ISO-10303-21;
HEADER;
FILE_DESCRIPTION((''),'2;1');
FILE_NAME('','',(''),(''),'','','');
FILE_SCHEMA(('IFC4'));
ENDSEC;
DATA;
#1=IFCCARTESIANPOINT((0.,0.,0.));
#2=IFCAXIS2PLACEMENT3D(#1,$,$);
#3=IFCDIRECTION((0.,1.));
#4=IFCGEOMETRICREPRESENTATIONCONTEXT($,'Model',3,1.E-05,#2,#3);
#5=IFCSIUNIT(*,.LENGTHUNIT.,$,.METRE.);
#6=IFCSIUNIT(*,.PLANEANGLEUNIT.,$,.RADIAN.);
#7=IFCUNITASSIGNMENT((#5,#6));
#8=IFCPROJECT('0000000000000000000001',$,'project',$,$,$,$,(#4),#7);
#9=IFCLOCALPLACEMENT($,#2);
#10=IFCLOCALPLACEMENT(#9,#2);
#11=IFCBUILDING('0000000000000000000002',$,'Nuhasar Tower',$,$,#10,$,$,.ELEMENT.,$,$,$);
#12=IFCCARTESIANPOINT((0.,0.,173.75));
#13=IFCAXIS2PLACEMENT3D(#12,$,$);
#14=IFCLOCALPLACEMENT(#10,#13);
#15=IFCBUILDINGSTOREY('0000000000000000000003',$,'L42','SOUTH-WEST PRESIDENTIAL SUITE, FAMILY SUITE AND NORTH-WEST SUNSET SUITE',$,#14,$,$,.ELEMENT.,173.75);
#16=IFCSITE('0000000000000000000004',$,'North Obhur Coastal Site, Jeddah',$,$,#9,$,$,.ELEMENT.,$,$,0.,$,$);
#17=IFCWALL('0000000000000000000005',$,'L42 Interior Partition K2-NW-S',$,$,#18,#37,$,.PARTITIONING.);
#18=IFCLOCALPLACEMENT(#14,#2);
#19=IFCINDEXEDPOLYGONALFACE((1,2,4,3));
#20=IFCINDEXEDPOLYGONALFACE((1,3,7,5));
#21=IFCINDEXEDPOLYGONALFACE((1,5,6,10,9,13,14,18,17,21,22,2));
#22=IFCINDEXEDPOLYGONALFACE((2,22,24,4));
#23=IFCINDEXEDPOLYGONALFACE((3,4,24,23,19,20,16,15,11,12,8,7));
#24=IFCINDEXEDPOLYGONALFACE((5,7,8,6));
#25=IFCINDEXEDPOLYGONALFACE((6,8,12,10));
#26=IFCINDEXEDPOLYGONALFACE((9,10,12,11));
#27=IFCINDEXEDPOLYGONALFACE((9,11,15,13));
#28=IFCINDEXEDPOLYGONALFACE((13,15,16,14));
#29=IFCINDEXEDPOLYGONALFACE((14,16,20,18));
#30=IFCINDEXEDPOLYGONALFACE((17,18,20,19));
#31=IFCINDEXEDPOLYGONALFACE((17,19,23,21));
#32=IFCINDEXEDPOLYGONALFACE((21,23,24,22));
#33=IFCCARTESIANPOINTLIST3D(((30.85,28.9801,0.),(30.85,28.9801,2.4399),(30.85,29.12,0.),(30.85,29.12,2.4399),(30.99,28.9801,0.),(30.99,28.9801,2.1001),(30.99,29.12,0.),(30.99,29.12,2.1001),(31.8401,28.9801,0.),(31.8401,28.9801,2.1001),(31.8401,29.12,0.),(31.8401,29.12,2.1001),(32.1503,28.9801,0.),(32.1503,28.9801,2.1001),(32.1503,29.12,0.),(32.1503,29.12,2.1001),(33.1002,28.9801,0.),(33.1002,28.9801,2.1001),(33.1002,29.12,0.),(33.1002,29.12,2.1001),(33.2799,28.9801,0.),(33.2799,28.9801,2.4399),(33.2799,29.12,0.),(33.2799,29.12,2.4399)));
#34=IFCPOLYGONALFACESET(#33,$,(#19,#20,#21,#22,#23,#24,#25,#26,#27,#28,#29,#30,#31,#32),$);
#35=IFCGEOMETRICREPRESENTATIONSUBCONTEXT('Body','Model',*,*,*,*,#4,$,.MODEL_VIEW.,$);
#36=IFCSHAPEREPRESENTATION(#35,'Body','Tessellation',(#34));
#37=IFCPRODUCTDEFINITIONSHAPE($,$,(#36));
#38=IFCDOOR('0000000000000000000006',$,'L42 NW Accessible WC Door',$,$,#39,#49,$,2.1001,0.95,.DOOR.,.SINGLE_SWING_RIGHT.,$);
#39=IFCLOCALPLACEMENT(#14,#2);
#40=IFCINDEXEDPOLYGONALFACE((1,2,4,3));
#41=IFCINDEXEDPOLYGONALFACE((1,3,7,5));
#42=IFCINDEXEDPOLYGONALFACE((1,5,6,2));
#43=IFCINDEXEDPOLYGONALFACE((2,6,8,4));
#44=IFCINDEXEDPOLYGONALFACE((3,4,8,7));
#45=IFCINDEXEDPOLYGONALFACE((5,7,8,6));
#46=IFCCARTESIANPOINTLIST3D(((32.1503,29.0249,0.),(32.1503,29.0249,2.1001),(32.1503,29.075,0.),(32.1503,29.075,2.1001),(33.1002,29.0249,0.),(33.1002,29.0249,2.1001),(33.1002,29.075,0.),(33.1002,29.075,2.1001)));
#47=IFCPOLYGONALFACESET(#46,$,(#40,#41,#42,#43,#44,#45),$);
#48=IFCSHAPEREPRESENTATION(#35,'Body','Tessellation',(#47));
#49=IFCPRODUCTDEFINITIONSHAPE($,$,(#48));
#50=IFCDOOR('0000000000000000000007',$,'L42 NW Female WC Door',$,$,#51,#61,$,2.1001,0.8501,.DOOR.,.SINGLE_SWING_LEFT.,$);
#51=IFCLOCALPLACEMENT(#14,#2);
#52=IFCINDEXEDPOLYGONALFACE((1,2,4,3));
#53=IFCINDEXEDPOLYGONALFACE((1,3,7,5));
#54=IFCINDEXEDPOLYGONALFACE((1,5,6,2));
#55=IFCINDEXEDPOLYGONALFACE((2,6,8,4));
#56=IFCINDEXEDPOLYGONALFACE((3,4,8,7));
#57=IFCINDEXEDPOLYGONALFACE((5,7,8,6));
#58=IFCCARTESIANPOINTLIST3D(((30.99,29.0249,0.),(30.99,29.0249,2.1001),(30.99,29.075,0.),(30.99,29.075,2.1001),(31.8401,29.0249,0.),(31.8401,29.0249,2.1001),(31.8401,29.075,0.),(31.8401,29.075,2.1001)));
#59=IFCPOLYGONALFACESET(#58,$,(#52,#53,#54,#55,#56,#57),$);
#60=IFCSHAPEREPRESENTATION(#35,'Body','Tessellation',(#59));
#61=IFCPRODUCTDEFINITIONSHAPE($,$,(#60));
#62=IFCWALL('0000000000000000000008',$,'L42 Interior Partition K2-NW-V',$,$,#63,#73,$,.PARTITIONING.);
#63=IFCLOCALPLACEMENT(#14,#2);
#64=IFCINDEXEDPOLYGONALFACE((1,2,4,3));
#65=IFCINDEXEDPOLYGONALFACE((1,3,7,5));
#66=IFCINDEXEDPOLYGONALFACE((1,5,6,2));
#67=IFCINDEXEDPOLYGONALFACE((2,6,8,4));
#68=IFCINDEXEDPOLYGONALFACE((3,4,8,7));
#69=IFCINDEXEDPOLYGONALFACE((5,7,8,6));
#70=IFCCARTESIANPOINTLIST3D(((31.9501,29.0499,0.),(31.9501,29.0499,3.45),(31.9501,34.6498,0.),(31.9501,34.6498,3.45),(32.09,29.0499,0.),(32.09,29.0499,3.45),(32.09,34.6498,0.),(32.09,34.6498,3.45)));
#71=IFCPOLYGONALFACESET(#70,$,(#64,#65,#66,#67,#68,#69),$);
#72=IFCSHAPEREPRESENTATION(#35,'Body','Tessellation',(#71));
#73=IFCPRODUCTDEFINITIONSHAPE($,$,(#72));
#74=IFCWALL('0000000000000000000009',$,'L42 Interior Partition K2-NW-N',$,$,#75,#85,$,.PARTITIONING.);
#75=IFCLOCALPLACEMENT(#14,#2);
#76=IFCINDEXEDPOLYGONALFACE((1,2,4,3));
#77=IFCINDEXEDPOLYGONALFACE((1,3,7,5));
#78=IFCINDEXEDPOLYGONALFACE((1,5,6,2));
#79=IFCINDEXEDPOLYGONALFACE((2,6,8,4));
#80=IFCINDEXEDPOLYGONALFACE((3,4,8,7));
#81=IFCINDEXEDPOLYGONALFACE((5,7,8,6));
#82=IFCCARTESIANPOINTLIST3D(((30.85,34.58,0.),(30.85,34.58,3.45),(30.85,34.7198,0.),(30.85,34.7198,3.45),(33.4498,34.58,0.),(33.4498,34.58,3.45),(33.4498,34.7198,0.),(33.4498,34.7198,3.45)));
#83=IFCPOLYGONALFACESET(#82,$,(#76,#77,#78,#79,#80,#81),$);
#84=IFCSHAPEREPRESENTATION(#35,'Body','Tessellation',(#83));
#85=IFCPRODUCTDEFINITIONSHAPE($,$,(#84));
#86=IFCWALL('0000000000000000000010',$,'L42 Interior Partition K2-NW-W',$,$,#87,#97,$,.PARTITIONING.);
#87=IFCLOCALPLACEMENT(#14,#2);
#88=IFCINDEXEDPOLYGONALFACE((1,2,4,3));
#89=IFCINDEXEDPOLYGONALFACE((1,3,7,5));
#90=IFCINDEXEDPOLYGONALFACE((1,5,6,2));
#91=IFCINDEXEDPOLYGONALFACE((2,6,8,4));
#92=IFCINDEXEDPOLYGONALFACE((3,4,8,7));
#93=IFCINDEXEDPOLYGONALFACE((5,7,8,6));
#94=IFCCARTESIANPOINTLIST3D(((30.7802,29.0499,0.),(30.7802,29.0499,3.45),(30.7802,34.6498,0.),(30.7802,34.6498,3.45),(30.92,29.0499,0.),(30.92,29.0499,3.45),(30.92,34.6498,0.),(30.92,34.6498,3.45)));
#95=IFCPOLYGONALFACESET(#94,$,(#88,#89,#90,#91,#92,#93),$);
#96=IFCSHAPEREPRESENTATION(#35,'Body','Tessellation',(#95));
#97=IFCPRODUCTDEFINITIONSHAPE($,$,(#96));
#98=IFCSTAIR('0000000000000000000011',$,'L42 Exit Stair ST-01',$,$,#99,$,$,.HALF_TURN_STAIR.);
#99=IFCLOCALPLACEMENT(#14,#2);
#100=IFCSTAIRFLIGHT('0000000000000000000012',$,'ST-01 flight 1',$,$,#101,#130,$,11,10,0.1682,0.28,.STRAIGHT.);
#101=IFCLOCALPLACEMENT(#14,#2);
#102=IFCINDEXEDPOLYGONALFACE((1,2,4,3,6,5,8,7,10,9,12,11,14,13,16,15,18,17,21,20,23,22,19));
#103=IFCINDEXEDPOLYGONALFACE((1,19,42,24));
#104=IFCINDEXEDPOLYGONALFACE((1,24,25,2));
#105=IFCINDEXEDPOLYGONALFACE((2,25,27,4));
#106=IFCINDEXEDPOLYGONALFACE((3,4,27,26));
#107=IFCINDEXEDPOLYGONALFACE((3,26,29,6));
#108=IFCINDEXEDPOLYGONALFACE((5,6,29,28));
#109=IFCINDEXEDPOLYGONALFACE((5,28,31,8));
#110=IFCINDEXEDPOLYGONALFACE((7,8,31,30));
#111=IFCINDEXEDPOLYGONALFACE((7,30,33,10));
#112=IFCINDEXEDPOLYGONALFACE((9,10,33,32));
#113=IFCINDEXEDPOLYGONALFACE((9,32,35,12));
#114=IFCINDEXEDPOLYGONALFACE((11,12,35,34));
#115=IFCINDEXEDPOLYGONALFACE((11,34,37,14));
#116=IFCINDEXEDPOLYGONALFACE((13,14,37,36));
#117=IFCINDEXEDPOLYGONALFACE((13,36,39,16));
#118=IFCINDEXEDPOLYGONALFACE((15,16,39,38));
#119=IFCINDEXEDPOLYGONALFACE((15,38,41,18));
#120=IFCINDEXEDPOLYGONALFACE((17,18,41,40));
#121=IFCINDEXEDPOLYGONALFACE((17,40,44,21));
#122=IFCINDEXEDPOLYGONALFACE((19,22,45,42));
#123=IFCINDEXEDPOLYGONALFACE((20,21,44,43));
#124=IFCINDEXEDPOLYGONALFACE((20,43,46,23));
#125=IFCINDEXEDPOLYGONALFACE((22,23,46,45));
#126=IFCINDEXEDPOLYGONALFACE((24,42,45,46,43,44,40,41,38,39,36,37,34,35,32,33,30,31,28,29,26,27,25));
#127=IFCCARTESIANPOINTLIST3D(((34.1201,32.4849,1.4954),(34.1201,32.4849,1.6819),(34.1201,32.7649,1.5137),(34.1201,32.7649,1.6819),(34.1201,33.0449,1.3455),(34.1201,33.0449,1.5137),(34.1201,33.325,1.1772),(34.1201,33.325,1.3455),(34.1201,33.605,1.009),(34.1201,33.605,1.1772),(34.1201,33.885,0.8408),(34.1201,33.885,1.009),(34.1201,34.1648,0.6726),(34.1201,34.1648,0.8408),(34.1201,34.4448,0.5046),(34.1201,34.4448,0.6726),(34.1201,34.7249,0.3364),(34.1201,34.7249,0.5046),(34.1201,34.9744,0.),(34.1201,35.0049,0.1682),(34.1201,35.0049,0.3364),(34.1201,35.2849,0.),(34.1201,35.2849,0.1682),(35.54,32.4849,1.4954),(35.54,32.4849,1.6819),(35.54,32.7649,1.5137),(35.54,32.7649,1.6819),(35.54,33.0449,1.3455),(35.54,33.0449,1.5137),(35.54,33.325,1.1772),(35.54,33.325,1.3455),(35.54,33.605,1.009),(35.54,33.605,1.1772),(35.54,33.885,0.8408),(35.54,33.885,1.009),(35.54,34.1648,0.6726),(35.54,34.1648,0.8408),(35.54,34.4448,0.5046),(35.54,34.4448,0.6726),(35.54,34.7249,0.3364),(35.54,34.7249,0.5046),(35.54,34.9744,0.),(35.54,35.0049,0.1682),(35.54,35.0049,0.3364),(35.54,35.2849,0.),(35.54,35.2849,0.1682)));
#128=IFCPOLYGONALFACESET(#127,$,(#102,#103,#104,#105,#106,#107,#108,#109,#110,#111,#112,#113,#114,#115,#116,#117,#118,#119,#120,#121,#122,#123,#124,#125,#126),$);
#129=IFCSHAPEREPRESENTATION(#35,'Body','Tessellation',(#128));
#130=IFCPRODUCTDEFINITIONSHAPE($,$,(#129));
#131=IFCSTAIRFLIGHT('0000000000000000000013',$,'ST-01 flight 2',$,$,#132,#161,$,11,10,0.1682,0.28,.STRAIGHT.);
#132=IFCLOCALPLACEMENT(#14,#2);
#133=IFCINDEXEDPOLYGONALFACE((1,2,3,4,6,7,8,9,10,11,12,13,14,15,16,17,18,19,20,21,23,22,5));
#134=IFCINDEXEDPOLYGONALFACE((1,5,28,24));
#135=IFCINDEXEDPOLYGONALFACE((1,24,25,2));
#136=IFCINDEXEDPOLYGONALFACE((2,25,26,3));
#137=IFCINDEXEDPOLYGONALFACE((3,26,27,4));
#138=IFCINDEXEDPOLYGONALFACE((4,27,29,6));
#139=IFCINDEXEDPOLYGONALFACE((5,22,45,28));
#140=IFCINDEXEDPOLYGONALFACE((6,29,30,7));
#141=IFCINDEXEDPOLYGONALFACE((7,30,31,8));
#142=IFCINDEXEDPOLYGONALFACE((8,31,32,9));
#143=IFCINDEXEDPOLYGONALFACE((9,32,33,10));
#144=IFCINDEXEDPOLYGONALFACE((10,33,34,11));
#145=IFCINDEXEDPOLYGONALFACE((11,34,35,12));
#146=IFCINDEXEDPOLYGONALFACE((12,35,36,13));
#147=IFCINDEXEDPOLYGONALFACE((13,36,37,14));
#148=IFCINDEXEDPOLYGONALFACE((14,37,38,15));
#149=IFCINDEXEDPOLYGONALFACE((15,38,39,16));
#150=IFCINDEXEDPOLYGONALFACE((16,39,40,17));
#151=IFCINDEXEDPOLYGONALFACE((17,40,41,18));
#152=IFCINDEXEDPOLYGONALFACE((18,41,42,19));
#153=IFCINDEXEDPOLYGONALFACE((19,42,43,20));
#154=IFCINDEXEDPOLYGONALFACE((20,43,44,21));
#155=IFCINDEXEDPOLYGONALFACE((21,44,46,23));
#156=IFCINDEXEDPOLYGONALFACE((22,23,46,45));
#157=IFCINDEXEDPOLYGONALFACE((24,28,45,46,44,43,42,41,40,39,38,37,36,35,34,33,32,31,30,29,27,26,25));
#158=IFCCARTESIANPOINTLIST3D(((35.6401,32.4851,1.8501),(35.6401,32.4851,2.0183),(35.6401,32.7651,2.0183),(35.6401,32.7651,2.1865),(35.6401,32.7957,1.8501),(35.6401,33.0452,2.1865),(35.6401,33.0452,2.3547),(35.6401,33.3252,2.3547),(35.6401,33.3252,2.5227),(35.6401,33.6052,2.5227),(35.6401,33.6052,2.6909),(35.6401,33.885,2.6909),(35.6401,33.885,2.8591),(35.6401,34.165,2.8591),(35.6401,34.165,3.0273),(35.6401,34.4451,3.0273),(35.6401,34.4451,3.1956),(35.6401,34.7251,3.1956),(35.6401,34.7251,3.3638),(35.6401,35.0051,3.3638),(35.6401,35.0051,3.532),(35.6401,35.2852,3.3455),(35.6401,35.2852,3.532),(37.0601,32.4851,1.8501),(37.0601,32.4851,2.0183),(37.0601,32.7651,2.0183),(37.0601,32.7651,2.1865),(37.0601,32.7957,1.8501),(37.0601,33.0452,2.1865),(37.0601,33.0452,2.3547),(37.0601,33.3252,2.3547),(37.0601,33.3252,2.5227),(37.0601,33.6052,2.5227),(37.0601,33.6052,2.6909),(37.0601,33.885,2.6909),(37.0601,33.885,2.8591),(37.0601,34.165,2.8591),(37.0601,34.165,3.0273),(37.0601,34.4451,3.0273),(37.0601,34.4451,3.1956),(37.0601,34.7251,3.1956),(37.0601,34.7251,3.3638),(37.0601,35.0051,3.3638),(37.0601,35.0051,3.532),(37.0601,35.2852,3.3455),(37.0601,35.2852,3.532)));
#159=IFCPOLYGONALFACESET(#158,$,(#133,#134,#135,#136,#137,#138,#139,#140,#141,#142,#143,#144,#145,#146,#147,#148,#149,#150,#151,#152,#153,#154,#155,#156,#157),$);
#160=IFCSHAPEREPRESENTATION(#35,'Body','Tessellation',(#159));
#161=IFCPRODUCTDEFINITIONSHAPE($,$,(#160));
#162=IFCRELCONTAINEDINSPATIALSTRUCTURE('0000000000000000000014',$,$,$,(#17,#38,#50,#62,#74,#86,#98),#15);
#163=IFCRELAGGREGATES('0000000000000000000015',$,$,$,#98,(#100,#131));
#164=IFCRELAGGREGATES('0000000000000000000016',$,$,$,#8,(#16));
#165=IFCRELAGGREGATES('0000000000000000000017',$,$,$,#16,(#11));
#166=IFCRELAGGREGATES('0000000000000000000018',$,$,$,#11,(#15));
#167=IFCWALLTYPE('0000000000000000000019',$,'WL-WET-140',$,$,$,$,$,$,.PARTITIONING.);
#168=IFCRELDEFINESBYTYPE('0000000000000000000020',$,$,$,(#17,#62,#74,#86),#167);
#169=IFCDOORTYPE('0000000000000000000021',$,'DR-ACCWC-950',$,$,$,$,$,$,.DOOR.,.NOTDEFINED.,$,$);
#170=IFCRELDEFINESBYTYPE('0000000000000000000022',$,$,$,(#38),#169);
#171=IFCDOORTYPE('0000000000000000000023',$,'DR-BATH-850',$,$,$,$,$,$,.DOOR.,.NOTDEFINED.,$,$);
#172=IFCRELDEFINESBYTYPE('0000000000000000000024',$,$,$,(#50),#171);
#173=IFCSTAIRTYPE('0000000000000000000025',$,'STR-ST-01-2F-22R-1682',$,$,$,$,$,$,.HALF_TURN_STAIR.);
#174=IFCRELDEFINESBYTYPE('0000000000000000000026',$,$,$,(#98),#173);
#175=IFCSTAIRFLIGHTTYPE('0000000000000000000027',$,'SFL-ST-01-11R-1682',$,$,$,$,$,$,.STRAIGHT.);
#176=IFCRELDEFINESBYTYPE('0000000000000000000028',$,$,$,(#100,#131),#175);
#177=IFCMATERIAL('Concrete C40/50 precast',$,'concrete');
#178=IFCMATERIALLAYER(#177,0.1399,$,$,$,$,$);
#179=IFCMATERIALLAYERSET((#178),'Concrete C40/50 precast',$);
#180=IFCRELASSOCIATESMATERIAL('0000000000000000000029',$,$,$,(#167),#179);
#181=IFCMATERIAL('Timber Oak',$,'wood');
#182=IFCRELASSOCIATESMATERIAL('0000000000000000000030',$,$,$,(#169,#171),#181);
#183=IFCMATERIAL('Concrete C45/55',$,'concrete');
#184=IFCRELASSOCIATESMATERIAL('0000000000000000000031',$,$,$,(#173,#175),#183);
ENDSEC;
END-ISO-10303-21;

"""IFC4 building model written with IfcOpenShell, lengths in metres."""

from ifc_helpers import new_model, si_unit, direction, frame, frame_2d, origin, place, context, subcontext, project, spatial, polyline, rectangle, outline, extrude, material, layer, layer_set, type_object, element, fill, aggregate, save


model = new_model("IFC4")

# Units and contexts
model_context = context("Model", 3, precision=1e-05, world=origin(), true_north=direction((0.0, 1.0)))
body_context = subcontext(model_context, "Body", "Model", "MODEL_VIEW")
ifc_project = project(units=[si_unit("LENGTHUNIT", "METRE"), si_unit("PLANEANGLEUNIT", "RADIAN")], contexts=[model_context])

# Site, building, storey
site_placement = place(None, origin())
site = spatial("IfcSite", under=ifc_project, at=site_placement, Name="North Obhur Coastal Site, Jeddah", CompositionType="ELEMENT", RefElevation=0.0)
building_placement = place(site_placement, origin())
building = spatial("IfcBuilding", under=site, at=building_placement, Name="Nuhasar Tower", CompositionType="ELEMENT")
storey_placement = place(building_placement, frame((0.0, 0.0, 173.75)))
storey = spatial("IfcBuildingStorey", under=building, at=storey_placement, Name="L42", Description="SOUTH-WEST PRESIDENTIAL SUITE, FAMILY SUITE AND NORTH-WEST SUNSET SUITE", CompositionType="ELEMENT", Elevation=173.75)

# Shared definitions
ifc_material_1 = material(Name="Concrete C40/50 precast", Category="concrete")
ifc_layer_1 = layer(ifc_material_1, 0.1399)
ifc_layer_set_1 = layer_set([ifc_layer_1], Name="Concrete C40/50 precast")
wall_type_1 = type_object("IfcWallType", Name="WL-WET-140", PredefinedType="PARTITIONING", material=ifc_layer_set_1)

# Wall, openings, doors
wall_1_placement = place(storey_placement, frame((30.8501, 29.05, 0.0), z_axis=(0.0, 0.0, 1.0), x_axis=(1.0, 0.0, 0.0)))
wall_1 = element("IfcWall", 1, at=wall_1_placement, inside=storey, type_object=wall_type_1, Name="L42 Interior Partition K2-NW-S", PredefinedType="PARTITIONING", context=body_context, shape_type="SweptSolid", body=[
    extrude(rectangle(XDim=2.4299, YDim=0.1399, at=frame_2d((1.2148, 0.0))), origin(), (0.0, 0.0, 1.0), 2.4399),
])
opening_1_placement = place(wall_1_placement, frame((0.1399, 0.0, 0.0)))
opening_1 = element("IfcOpeningElement", 2, at=opening_1_placement, cuts=wall_1, PredefinedType="OPENING", context=body_context, shape_type="SweptSolid", body=[
    extrude(rectangle(XDim=0.8501, YDim=2.1001, at=frame_2d((0.425, 1.05))), frame((0.0, 0.0801, 0.0), z_axis=(0.0, -1.0, 0.0), x_axis=(1.0, 0.0, 0.0)), (0.0, 0.0, 1.0), 0.1599),
])
opening_2_placement = place(wall_1_placement, frame((1.3, 0.0, 0.0)))
opening_2 = element("IfcOpeningElement", 3, at=opening_2_placement, cuts=wall_1, PredefinedType="OPENING", context=body_context, shape_type="SweptSolid", body=[
    extrude(rectangle(XDim=0.95, YDim=2.1001, at=frame_2d((0.4751, 1.05))), frame((0.0, 0.0801, 0.0), z_axis=(0.0, -1.0, 0.0), x_axis=(1.0, 0.0, 0.0)), (0.0, 0.0, 1.0), 0.1599),
])
ifc_material_2 = material(Name="Timber Oak", Category="wood")
door_type_1 = type_object("IfcDoorType", Name="DR-ACCWC-950", OperationType="NOTDEFINED", PredefinedType="DOOR", material=ifc_material_2)
door_1_placement = place(opening_2_placement, origin())
door_1 = element("IfcDoor", 4, at=door_1_placement, inside=storey, type_object=door_type_1, Name="L42 NW Accessible WC Door", OperationType="SINGLE_SWING_RIGHT", OverallHeight=2.1001, OverallWidth=0.95, PredefinedType="DOOR", context=body_context, shape_type="SweptSolid", body=[
    extrude(rectangle(XDim=0.95, YDim=2.1001, at=frame_2d((0.4751, 1.05))), frame((0.0, 0.0249, 0.0), z_axis=(0.0, -1.0, 0.0), x_axis=(1.0, 0.0, 0.0)), (0.0, 0.0, 1.0), 0.05),
])
fill(opening_2, door_1)
door_type_2 = type_object("IfcDoorType", Name="DR-BATH-850", OperationType="NOTDEFINED", PredefinedType="DOOR", material=ifc_material_2)
door_2_placement = place(opening_1_placement, origin())
door_2 = element("IfcDoor", 5, at=door_2_placement, inside=storey, type_object=door_type_2, Name="L42 NW Female WC Door", OperationType="SINGLE_SWING_LEFT", OverallHeight=2.1001, OverallWidth=0.8501, PredefinedType="DOOR", context=body_context, shape_type="SweptSolid", body=[
    extrude(rectangle(XDim=0.8501, YDim=2.1001, at=frame_2d((0.425, 1.05))), frame((0.0, 0.0249, 0.0), z_axis=(0.0, -1.0, 0.0), x_axis=(1.0, 0.0, 0.0)), (0.0, 0.0, 1.0), 0.05),
])
fill(opening_1, door_2)

# Walls
wall_2_placement = place(storey_placement, frame((32.02, 29.05, 0.0), z_axis=(0.0, 0.0, 1.0), x_axis=(0.0, 1.0, 0.0)))
element("IfcWall", 6, at=wall_2_placement, inside=storey, type_object=wall_type_1, Name="L42 Interior Partition K2-NW-V", PredefinedType="PARTITIONING", context=body_context, shape_type="SweptSolid", body=[
    extrude(rectangle(XDim=5.5999, YDim=0.1399, at=frame_2d((2.7998, 0.0))), origin(), (0.0, 0.0, 1.0), 3.45),
])
wall_3_placement = place(storey_placement, frame((30.8501, 34.6499, 0.0), z_axis=(0.0, 0.0, 1.0), x_axis=(1.0, 0.0, 0.0)))
element("IfcWall", 7, at=wall_3_placement, inside=storey, type_object=wall_type_1, Name="L42 Interior Partition K2-NW-N", PredefinedType="PARTITIONING", context=body_context, shape_type="SweptSolid", body=[
    extrude(rectangle(XDim=2.5999, YDim=0.1399, at=frame_2d((1.2998, 0.0))), origin(), (0.0, 0.0, 1.0), 3.45),
])
wall_4_placement = place(storey_placement, frame((30.8501, 29.05, 0.0), z_axis=(0.0, 0.0, 1.0), x_axis=(0.0, 1.0, 0.0)))
element("IfcWall", 8, at=wall_4_placement, inside=storey, type_object=wall_type_1, Name="L42 Interior Partition K2-NW-W", PredefinedType="PARTITIONING", context=body_context, shape_type="SweptSolid", body=[
    extrude(rectangle(XDim=5.5999, YDim=0.1399, at=frame_2d((2.7998, 0.0))), origin(), (0.0, 0.0, 1.0), 3.45),
])

# Stair, stair flights
ifc_material_3 = material(Name="Concrete C45/55", Category="concrete")
stair_type_1 = type_object("IfcStairType", Name="STR-ST-01-2F-22R-1682", PredefinedType="HALF_TURN_STAIR", material=ifc_material_3)
stair_1_placement = place(storey_placement, origin())
stair_1 = element("IfcStair", 9, at=stair_1_placement, inside=storey, type_object=stair_type_1, Name="L42 Exit Stair ST-01", PredefinedType="HALF_TURN_STAIR")
stair_flight_type_1 = type_object("IfcStairFlightType", Name="SFL-ST-01-11R-1682", PredefinedType="STRAIGHT", material=ifc_material_3)
stair_flight_1_placement = place(storey_placement, frame((34.8301, 35.2849, 0.0), z_axis=(0.0, 0.0, 1.0), x_axis=(0.0, -1.0, 0.0)))
stair_flight_1 = element("IfcStairFlight", 10, at=stair_flight_1_placement, type_object=stair_flight_type_1, Name="ST-01 flight 1", NumberOfRisers=11, NumberOfTreads=10, PredefinedType="STRAIGHT", RiserHeight=0.1682, TreadLength=0.28, context=body_context, shape_type="SweptSolid", body=[
    extrude(outline(polyline([(0.0, 0.0), (0.0, 0.1682), (0.28, 0.1682), (0.28, 0.3364), (0.5601, 0.3364), (0.5601, 0.5046), (0.8401, 0.5046), (0.8401, 0.6726), (1.1201, 0.6726), (1.1201, 0.8408), (1.3999, 0.8408), (1.3999, 1.009), (1.6799, 1.009), (1.6799, 1.1772), (1.96, 1.1772), (1.96, 1.3455), (2.24, 1.3455), (2.24, 1.5137), (2.52, 1.5137), (2.52, 1.6819), (2.8, 1.6819), (2.8, 1.8501), (2.8, 1.4954), (0.3105, 0.0), (0.0, 0.0)])), frame((0.0, 0.71, 0.0), z_axis=(0.0, -1.0, 0.0), x_axis=(1.0, 0.0, 0.0)), (0.0, 0.0, 1.0), 1.4199),
])
stair_flight_2_placement = place(storey_placement, frame((36.3501, 32.4851, 1.8501), z_axis=(0.0, 0.0, 1.0), x_axis=(0.0, 1.0, 0.0)))
stair_flight_2 = element("IfcStairFlight", 11, at=stair_flight_2_placement, type_object=stair_flight_type_1, Name="ST-01 flight 2", NumberOfRisers=11, NumberOfTreads=10, PredefinedType="STRAIGHT", RiserHeight=0.1682, TreadLength=0.28, context=body_context, shape_type="SweptSolid", body=[
    extrude(outline(polyline([(0.0, 0.0), (0.0, 0.1682), (0.28, 0.1682), (0.28, 0.3364), (0.5601, 0.3364), (0.5601, 0.5046), (0.8401, 0.5046), (0.8401, 0.6726), (1.1201, 0.6726), (1.1201, 0.8408), (1.3999, 0.8408), (1.3999, 1.009), (1.6799, 1.009), (1.6799, 1.1772), (1.96, 1.1772), (1.96, 1.3455), (2.24, 1.3455), (2.24, 1.5137), (2.52, 1.5137), (2.52, 1.6819), (2.8, 1.6819), (2.8, 1.8501), (2.8, 1.4954), (0.3105, 0.0), (0.0, 0.0)])), frame((0.0, 0.71, 0.0), z_axis=(0.0, -1.0, 0.0), x_axis=(1.0, 0.0, 0.0)), (0.0, 0.0, 1.0), 1.4199),
])
aggregate(stair_1, [stair_flight_1, stair_flight_2])

save(model, "model.ifc")
